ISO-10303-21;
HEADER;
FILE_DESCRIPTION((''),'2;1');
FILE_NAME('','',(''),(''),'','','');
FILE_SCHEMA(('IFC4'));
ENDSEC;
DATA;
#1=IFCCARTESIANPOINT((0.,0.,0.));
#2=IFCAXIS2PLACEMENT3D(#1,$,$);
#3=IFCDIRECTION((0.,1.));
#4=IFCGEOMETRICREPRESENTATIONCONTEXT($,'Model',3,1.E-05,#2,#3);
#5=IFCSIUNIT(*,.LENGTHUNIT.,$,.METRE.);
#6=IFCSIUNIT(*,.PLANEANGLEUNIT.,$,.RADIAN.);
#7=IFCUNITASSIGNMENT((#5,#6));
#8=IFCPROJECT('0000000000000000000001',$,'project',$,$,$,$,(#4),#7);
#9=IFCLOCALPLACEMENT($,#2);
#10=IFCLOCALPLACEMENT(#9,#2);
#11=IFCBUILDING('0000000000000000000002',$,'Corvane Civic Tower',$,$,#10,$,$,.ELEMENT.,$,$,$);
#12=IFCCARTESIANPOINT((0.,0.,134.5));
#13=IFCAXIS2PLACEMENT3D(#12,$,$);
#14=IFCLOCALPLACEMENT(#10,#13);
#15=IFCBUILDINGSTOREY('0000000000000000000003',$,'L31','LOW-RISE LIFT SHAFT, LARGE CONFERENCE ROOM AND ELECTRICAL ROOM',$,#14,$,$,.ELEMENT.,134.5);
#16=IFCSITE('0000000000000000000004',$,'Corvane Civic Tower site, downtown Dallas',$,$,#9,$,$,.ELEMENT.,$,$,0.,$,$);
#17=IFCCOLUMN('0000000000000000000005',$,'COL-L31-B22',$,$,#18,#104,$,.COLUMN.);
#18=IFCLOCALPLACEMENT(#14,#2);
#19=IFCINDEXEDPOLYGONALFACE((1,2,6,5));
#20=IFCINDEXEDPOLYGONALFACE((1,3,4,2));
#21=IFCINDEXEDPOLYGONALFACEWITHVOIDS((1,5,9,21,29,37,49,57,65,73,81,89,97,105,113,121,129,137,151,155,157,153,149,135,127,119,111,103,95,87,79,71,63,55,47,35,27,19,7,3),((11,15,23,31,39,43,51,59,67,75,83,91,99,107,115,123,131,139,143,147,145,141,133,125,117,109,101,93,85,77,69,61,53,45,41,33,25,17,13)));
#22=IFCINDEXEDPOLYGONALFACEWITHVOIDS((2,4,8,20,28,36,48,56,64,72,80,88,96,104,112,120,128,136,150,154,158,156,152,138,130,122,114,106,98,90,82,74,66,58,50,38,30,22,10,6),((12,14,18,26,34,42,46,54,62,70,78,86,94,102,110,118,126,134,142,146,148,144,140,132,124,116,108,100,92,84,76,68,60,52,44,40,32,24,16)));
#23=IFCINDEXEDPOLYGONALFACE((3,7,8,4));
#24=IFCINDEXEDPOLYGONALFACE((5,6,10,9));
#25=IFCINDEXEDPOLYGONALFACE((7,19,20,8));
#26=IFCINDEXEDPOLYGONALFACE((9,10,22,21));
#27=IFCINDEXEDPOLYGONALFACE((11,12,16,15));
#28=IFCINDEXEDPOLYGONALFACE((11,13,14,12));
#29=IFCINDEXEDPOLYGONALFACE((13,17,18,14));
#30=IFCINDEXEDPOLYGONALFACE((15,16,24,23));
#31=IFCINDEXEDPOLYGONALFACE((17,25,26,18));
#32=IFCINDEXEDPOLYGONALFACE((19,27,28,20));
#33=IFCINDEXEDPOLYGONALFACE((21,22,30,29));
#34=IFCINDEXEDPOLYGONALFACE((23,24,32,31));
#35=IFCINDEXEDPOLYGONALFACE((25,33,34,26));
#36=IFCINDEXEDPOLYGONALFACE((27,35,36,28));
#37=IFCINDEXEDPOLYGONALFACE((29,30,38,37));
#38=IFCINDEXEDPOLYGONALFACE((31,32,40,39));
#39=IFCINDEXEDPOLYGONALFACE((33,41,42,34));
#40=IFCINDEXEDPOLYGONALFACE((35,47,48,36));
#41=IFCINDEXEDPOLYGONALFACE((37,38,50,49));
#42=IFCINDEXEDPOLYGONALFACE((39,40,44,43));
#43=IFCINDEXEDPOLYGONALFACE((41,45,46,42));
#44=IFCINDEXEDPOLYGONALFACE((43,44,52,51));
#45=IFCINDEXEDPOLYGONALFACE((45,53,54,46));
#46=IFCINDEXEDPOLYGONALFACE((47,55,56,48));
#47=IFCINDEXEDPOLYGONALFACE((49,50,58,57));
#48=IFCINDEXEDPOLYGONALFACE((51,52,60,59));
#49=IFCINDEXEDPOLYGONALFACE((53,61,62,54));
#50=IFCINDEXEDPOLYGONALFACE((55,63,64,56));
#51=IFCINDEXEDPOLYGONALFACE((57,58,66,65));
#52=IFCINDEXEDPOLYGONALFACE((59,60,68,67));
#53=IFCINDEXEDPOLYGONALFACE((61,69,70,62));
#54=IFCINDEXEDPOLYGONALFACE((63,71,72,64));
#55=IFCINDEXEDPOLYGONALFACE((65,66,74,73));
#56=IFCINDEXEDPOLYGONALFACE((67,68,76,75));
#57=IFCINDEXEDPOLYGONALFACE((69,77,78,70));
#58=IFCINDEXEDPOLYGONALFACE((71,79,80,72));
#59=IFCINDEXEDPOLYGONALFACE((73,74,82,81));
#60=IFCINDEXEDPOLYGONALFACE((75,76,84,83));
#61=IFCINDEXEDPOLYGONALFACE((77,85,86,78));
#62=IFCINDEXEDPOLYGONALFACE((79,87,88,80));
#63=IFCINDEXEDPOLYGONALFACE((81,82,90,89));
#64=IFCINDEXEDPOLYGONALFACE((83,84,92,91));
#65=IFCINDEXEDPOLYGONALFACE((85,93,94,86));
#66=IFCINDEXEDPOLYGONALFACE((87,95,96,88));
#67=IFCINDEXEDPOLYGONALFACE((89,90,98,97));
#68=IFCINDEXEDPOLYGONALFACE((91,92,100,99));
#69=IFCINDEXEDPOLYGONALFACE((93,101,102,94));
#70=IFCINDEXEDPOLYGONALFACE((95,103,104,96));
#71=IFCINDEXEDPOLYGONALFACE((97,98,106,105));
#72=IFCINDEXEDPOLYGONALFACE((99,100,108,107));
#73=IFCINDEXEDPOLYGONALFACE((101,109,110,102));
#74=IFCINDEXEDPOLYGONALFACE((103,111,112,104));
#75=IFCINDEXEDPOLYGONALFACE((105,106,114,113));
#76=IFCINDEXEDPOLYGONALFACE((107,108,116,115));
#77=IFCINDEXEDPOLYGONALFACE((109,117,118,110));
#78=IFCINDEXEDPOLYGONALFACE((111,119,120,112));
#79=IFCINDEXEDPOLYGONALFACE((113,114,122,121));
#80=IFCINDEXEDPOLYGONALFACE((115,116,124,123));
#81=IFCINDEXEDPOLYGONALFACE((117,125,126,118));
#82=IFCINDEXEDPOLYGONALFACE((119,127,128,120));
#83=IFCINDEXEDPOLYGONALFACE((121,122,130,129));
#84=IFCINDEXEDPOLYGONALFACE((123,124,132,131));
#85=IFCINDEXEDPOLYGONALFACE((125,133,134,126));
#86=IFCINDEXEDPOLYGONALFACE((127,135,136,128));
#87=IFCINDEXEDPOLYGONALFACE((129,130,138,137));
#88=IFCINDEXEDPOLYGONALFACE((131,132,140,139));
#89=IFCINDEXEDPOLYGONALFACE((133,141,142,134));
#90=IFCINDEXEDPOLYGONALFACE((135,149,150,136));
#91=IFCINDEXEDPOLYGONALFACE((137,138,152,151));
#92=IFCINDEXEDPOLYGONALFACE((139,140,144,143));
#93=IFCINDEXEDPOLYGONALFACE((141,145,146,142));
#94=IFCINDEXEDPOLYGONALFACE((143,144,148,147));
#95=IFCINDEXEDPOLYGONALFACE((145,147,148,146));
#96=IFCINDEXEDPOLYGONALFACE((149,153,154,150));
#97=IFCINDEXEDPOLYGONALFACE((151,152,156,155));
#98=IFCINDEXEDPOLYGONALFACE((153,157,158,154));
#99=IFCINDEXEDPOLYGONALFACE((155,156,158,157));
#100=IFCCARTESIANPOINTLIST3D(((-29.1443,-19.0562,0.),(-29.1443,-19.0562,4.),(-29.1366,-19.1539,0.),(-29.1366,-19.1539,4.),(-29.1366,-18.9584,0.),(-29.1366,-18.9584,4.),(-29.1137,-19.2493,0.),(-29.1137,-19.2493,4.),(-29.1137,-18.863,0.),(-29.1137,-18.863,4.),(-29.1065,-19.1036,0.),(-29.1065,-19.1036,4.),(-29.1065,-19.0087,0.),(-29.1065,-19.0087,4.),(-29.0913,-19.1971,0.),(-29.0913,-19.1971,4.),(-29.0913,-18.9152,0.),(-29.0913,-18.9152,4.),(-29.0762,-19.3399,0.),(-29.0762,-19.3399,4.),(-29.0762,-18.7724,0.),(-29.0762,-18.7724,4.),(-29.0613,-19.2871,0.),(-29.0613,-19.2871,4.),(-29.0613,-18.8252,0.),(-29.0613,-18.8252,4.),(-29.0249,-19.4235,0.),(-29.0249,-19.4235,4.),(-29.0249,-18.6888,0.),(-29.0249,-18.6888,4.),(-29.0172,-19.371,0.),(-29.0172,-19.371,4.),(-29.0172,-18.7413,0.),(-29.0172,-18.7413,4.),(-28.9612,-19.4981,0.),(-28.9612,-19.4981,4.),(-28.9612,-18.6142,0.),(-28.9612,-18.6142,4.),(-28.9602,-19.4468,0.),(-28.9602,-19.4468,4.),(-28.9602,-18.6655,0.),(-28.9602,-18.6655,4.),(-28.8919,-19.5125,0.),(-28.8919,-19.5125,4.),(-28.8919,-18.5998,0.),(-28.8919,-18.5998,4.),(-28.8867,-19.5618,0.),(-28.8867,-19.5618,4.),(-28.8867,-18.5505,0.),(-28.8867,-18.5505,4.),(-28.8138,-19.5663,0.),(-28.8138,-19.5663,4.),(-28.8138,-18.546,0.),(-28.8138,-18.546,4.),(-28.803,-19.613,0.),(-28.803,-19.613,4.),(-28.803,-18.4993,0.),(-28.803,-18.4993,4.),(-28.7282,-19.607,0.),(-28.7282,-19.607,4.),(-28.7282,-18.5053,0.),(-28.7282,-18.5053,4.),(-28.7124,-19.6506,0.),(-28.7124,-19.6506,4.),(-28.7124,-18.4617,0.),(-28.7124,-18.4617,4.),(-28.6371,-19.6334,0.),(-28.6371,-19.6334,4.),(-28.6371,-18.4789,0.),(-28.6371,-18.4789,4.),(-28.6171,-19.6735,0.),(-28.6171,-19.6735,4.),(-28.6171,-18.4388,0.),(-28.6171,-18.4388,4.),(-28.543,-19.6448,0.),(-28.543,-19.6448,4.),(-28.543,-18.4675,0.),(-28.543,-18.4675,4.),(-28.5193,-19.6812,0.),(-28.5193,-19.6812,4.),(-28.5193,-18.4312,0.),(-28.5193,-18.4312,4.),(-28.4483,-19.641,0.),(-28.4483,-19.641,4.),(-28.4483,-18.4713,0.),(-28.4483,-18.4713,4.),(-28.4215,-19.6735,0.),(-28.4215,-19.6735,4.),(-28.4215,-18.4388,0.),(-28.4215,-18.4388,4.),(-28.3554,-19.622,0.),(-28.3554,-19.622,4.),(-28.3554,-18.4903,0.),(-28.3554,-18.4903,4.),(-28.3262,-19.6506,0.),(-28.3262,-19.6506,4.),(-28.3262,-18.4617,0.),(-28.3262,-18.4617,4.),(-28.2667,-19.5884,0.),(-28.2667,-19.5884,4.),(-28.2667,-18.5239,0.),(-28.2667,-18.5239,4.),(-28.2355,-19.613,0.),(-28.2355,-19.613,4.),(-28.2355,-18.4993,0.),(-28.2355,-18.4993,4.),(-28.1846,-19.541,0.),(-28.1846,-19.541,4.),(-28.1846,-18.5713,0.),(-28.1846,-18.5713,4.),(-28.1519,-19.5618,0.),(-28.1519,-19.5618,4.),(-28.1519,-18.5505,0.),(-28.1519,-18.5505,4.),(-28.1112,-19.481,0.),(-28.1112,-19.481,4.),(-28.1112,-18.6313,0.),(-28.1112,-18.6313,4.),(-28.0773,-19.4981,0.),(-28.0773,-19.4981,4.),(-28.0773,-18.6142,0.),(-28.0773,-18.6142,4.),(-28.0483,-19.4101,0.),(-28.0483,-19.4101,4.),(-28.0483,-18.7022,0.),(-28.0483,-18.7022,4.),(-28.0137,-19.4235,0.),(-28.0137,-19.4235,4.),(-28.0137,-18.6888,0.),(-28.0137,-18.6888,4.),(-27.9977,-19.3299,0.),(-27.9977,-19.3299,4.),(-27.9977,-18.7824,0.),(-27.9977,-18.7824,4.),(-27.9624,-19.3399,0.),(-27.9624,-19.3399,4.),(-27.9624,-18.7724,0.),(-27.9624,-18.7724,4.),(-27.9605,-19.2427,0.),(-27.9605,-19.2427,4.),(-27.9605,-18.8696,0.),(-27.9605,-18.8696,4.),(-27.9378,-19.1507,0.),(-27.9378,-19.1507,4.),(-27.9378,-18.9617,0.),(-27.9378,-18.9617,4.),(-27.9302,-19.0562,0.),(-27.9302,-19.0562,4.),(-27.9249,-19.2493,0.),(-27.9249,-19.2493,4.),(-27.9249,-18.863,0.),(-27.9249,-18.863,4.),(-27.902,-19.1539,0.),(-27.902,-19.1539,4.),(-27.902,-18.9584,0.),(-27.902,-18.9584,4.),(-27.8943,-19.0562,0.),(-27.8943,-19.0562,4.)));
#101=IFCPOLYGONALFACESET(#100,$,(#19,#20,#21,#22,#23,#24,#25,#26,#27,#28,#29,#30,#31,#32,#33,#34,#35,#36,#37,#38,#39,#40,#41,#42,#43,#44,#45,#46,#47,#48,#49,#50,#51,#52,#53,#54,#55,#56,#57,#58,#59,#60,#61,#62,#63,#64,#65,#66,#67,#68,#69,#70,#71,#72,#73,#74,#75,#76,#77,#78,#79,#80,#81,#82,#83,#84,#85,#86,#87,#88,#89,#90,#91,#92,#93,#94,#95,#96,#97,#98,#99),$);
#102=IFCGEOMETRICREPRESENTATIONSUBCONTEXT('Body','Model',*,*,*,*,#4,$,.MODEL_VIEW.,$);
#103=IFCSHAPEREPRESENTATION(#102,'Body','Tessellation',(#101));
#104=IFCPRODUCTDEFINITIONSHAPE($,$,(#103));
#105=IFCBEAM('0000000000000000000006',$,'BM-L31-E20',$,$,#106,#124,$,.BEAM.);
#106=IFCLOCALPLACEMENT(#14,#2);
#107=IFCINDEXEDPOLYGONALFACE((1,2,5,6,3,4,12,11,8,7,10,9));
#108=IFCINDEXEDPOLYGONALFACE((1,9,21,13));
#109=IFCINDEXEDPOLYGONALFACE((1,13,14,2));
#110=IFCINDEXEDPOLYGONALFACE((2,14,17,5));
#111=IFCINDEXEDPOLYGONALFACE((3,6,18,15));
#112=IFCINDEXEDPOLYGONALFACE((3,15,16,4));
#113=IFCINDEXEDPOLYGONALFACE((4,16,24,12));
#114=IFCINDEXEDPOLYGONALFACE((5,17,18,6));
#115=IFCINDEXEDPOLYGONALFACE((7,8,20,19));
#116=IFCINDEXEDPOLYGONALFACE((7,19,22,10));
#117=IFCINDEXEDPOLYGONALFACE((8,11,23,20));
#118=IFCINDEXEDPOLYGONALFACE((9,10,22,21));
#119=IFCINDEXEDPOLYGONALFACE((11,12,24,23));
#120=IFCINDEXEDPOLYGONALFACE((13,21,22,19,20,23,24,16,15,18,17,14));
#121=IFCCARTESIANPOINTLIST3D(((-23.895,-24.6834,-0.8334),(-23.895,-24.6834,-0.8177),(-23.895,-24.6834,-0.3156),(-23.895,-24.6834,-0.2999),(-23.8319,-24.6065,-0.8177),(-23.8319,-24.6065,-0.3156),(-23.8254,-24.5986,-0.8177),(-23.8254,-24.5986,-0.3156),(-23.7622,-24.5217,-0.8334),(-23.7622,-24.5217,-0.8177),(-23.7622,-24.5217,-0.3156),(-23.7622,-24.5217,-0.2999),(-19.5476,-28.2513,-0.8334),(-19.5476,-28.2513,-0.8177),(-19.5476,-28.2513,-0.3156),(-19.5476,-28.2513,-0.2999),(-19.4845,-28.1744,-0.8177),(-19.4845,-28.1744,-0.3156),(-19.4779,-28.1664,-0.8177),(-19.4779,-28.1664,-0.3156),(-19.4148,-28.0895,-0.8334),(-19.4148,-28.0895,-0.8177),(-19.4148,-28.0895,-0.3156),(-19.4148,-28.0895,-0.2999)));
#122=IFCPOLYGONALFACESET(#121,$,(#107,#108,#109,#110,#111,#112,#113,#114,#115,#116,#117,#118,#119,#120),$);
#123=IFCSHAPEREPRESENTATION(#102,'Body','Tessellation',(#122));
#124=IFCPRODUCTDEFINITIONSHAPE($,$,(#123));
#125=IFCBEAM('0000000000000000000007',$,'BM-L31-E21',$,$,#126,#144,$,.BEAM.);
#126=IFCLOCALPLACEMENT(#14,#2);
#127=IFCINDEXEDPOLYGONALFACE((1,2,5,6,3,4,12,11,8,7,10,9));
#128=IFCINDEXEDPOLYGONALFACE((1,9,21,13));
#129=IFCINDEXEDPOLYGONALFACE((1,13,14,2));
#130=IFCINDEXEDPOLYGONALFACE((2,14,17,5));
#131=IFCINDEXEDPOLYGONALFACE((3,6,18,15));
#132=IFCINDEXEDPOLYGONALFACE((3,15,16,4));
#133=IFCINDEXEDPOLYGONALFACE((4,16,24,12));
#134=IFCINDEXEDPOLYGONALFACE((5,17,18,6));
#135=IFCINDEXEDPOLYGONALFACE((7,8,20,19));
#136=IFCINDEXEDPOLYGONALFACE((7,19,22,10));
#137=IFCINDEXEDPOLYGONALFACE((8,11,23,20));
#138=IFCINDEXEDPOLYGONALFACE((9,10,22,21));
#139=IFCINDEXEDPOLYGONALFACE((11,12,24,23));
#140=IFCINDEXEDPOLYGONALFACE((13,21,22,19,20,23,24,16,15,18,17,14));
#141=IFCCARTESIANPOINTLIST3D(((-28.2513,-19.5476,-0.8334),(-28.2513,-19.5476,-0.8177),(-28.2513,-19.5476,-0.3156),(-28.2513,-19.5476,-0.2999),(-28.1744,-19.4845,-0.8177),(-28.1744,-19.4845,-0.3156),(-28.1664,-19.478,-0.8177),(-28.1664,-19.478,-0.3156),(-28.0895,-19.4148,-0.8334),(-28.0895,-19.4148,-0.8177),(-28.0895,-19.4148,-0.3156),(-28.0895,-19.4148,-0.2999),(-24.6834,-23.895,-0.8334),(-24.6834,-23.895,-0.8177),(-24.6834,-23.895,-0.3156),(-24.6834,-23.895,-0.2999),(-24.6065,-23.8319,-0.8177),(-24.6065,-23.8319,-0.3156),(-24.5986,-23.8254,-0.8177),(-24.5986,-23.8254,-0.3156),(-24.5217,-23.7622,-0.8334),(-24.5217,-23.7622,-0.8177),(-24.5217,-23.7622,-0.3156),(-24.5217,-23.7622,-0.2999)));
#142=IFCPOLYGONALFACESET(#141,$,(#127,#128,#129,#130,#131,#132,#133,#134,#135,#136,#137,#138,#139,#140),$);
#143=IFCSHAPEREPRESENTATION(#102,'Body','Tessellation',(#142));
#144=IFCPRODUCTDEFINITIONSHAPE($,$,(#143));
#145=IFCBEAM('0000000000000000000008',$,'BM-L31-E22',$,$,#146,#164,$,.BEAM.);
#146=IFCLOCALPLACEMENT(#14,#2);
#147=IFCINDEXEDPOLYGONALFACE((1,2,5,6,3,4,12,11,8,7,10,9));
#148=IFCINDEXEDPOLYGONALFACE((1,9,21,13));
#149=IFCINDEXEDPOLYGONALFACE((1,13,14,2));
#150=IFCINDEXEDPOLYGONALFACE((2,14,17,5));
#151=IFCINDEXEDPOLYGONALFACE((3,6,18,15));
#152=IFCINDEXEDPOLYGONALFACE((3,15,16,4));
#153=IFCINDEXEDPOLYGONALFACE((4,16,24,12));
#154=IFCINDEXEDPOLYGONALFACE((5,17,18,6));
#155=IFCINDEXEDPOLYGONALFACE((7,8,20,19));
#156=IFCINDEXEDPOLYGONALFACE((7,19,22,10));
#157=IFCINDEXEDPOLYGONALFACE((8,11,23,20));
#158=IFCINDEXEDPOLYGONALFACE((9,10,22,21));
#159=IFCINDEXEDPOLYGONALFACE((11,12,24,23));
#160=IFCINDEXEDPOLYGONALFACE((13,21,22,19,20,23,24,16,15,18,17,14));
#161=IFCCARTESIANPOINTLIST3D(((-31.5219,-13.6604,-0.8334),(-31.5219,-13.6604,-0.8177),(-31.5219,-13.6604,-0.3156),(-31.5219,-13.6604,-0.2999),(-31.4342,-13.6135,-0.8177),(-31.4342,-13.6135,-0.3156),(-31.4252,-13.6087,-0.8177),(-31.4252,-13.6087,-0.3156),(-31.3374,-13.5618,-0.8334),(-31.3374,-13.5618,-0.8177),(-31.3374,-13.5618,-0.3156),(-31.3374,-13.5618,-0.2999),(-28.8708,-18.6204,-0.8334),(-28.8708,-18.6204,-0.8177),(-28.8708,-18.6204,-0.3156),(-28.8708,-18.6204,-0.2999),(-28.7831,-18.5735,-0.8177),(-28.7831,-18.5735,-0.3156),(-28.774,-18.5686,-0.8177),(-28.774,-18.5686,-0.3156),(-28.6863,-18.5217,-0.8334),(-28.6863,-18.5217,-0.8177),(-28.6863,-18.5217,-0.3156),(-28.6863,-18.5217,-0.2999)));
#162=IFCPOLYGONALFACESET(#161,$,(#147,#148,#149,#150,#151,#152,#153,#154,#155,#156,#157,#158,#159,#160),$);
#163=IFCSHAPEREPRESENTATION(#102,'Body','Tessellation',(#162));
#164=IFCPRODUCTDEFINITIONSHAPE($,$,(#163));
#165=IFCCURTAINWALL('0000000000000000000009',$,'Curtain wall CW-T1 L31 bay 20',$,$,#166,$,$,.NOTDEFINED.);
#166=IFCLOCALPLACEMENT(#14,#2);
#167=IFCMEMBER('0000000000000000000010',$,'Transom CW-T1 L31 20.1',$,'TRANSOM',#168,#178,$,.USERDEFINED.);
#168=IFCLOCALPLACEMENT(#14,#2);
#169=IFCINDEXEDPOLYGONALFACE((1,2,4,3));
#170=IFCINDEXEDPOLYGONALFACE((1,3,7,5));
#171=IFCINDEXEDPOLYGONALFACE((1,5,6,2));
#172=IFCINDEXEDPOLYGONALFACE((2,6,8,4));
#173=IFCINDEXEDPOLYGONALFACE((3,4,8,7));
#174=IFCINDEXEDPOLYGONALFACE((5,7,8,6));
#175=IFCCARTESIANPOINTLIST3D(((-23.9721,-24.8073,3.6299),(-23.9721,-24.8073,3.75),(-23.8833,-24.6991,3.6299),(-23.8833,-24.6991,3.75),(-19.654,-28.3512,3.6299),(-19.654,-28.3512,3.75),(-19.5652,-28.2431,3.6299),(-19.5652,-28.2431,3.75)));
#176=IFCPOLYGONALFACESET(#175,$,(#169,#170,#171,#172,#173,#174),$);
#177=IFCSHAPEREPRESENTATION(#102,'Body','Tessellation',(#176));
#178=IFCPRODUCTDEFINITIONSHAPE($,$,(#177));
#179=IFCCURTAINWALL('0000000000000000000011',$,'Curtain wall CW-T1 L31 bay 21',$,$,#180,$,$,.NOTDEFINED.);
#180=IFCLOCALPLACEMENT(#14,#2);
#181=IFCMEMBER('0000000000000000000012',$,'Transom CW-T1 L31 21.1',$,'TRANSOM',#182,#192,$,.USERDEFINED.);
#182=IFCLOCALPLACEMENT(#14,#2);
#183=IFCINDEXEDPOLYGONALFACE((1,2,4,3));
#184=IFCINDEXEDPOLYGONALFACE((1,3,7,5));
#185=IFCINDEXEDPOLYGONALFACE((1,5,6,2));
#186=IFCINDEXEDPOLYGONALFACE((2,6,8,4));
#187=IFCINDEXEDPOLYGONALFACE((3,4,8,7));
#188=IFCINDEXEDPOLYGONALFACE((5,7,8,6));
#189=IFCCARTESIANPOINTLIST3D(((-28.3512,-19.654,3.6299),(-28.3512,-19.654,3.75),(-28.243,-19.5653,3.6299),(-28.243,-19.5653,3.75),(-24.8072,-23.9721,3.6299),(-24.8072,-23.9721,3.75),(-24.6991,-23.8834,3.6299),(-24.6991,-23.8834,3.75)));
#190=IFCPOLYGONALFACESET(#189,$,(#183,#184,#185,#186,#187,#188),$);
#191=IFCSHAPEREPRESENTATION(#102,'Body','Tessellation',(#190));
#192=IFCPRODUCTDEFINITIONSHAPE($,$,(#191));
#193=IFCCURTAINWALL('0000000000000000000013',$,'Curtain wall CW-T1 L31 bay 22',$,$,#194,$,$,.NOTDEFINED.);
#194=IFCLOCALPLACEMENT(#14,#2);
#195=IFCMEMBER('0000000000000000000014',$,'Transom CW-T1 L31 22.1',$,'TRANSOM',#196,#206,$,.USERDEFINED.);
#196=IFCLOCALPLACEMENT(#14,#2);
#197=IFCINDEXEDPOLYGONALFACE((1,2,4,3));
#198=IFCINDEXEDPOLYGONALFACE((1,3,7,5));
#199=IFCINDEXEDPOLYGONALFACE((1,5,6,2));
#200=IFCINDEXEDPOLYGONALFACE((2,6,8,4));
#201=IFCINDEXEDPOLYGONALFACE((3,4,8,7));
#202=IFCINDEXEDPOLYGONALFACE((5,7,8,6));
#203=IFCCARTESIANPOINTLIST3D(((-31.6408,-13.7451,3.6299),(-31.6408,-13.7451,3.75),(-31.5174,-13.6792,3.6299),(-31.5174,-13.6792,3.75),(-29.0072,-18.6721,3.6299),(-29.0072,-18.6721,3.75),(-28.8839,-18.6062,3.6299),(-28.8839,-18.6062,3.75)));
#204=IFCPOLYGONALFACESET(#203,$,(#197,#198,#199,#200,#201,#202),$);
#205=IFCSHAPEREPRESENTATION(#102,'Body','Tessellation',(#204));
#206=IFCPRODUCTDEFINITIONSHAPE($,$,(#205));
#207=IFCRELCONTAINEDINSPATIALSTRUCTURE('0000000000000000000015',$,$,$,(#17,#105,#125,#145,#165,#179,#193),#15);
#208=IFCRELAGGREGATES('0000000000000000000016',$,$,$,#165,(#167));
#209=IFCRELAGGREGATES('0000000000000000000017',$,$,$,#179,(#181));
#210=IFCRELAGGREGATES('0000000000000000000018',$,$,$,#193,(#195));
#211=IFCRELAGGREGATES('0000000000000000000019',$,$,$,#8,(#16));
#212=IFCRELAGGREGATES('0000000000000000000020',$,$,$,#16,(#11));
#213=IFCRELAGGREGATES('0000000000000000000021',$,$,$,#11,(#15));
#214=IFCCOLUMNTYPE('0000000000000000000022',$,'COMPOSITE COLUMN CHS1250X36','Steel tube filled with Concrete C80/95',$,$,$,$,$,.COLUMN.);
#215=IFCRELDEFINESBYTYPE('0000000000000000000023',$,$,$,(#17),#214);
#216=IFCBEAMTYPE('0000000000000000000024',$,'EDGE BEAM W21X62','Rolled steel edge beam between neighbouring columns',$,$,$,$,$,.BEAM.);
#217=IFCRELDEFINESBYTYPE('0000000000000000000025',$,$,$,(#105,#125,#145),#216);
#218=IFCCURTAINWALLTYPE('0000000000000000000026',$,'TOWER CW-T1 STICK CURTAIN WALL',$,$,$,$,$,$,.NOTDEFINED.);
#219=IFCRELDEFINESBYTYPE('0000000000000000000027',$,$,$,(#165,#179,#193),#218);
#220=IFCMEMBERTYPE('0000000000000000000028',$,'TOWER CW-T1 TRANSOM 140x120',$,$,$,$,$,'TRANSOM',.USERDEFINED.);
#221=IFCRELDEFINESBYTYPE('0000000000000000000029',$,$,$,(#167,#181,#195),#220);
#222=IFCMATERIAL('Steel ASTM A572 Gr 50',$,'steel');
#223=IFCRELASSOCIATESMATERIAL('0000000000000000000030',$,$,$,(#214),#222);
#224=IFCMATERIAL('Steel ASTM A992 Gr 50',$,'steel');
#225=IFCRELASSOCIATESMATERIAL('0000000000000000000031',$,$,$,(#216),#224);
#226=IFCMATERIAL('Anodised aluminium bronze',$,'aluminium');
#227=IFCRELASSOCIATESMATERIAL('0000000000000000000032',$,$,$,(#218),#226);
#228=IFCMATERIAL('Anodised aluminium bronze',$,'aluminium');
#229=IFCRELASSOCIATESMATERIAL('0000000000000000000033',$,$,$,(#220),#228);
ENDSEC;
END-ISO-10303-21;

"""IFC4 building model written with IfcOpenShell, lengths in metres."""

from ifc_helpers import new_model, si_unit, direction, frame, origin, origin_2d, place, context, subcontext, project, spatial, rectangle, hollow_circle, i_section, extrude, material, material_profile, profile_set, type_object, element, aggregate, save


model = new_model("IFC4")

# Units and contexts
model_context = context("Model", 3, precision=1e-05, world=origin(), true_north=direction((0.0, 1.0)))
body_context = subcontext(model_context, "Body", "Model", "MODEL_VIEW")
ifc_project = project(units=[si_unit("LENGTHUNIT", "METRE"), si_unit("PLANEANGLEUNIT", "RADIAN")], contexts=[model_context])

# Site, building, storey
site_placement = place(None, origin())
site = spatial("IfcSite", under=ifc_project, at=site_placement, Name="Corvane Civic Tower site, downtown Dallas", CompositionType="ELEMENT", RefElevation=0.0)
building_placement = place(site_placement, origin())
building = spatial("IfcBuilding", under=site, at=building_placement, Name="Corvane Civic Tower", CompositionType="ELEMENT")
storey_placement = place(building_placement, frame((0.0, 0.0, 134.5)))
storey = spatial("IfcBuildingStorey", under=building, at=storey_placement, Name="L31", Description="LOW-RISE LIFT SHAFT, LARGE CONFERENCE ROOM AND ELECTRICAL ROOM", CompositionType="ELEMENT", Elevation=134.5)

# Column
ifc_material_1 = material(Name="Steel ASTM A572 Gr 50", Category="steel")
ifc_material_profile_1 = material_profile(ifc_material_1, hollow_circle(Radius=0.625, WallThickness=0.0359, at=origin_2d()), Name="CHS1250X36")
ifc_profile_set_1 = profile_set([ifc_material_profile_1], Name="Steel ASTM A572 Gr 50")
column_type = type_object("IfcColumnType", Name="COMPOSITE COLUMN CHS1250X36", Description="Steel tube filled with Concrete C80/95", PredefinedType="COLUMN", material=ifc_profile_set_1)
for number, where, z_axis, x_axis, name in (
    (1, (-28.5193, -19.0562, 0.0), (0.0, 0.0, 1.0), (1.0, 0.0, 0.0), "COL-L31-B22"),
):
    element("IfcColumn", number, at=place(storey_placement, frame(where, z_axis=z_axis, x_axis=x_axis)), inside=storey, type_object=column_type, Name=name, PredefinedType="COLUMN", context=body_context, shape_type="SweptSolid", body=[
        extrude(hollow_circle(Radius=0.625, WallThickness=0.0359, at=origin_2d()), origin(), (0.0, 0.0, 1.0), 4.0),
    ])

# Beams
ifc_material_2 = material(Name="Steel ASTM A992 Gr 50", Category="steel")
ifc_material_profile_2 = material_profile(ifc_material_2, i_section(OverallWidth=0.2092, OverallDepth=0.5334, WebThickness=0.0103, FlangeThickness=0.0156, at=origin_2d()), Name="W21X62")
ifc_profile_set_2 = profile_set([ifc_material_profile_2], Name="Steel ASTM A992 Gr 50")
beam_type = type_object("IfcBeamType", Name="EDGE BEAM W21X62", Description="Rolled steel edge beam between neighbouring columns", PredefinedType="BEAM", material=ifc_profile_set_2)
for number, where, z_axis, x_axis, name in (
    (2, (-19.4812, -28.1704, -0.5667), (-0.773007, 0.634398, 0.0), (-0.634398, -0.773007, 0.0), "BM-L31-E20"),
    (3, (-24.6025, -23.8286, -0.5667), (-0.634398, 0.773007, 0.0), (-0.773007, -0.634398, 0.0), "BM-L31-E21"),
    (4, (-28.7786, -18.571, -0.5667), (-0.471392, 0.881924, 0.0), (-0.881924, -0.471392, 0.0), "BM-L31-E22"),
):
    element("IfcBeam", number, at=place(storey_placement, frame(where, z_axis=z_axis, x_axis=x_axis)), inside=storey, type_object=beam_type, Name=name, PredefinedType="BEAM", context=body_context, shape_type="SweptSolid", body=[
        extrude(i_section(OverallWidth=0.2092, OverallDepth=0.5334, WebThickness=0.0103, FlangeThickness=0.0156, at=origin_2d()), origin(), (0.0, 0.0, 1.0), 5.624),
    ])

# Curtain walls, members
ifc_material_3 = material(Name="Anodised aluminium bronze", Category="aluminium")
curtain_wall_type = type_object("IfcCurtainWallType", Name="TOWER CW-T1 STICK CURTAIN WALL", PredefinedType="NOTDEFINED", material=ifc_material_3)
curtain_wall_1_placement = place(storey_placement, origin())
curtain_wall_1 = element("IfcCurtainWall", 5, at=curtain_wall_1_placement, inside=storey, type_object=curtain_wall_type, Name="Curtain wall CW-T1 L31 bay 20", PredefinedType="NOTDEFINED")
ifc_material_4 = material(Name="Anodised aluminium bronze", Category="aluminium")
ifc_material_profile_3 = material_profile(ifc_material_4, rectangle(XDim=0.1399, YDim=0.1201, at=origin_2d()), Name="TOWER CW-T1 TRANSOM 140x120")
ifc_profile_set_3 = profile_set([ifc_material_profile_3], Name="Anodised aluminium bronze")
member_type = type_object("IfcMemberType", Name="TOWER CW-T1 TRANSOM 140x120", ElementType="TRANSOM", PredefinedType="USERDEFINED", material=ifc_profile_set_3)
member_1_placement = place(storey_placement, frame((-19.6096, -28.2971, 3.6899), z_axis=(-0.772996, 0.63441, 0.0), x_axis=(-0.63441, -0.772996, 0.0)))
member_1 = element("IfcMember", 6, at=member_1_placement, type_object=member_type, Name="Transom CW-T1 L31 20.1", ObjectType="TRANSOM", PredefinedType="USERDEFINED", context=body_context, shape_type="SweptSolid", body=[
    extrude(rectangle(XDim=0.1399, YDim=0.1201, at=origin_2d()), origin(), (0.0, 0.0, 1.0), 5.5862),
])
curtain_wall_2_placement = place(storey_placement, origin())
curtain_wall_2 = element("IfcCurtainWall", 7, at=curtain_wall_2_placement, inside=storey, type_object=curtain_wall_type, Name="Curtain wall CW-T1 L31 bay 21", PredefinedType="NOTDEFINED")
member_2_placement = place(storey_placement, frame((-24.7532, -23.9277, 3.6899), z_axis=(-0.63441, 0.772996, 0.0), x_axis=(-0.772996, -0.63441, 0.0)))
member_2 = element("IfcMember", 8, at=member_2_placement, type_object=member_type, Name="Transom CW-T1 L31 21.1", ObjectType="TRANSOM", PredefinedType="USERDEFINED", context=body_context, shape_type="SweptSolid", body=[
    extrude(rectangle(XDim=0.1399, YDim=0.1201, at=origin_2d()), origin(), (0.0, 0.0, 1.0), 5.5862),
])
curtain_wall_3_placement = place(storey_placement, origin())
curtain_wall_3 = element("IfcCurtainWall", 9, at=curtain_wall_3_placement, inside=storey, type_object=curtain_wall_type, Name="Curtain wall CW-T1 L31 bay 22", PredefinedType="NOTDEFINED")
member_3_placement = place(storey_placement, frame((-28.9456, -18.6392, 3.6899), z_axis=(-0.471398, 0.881921, 0.0), x_axis=(-0.881921, -0.471398, 0.0)))
member_3 = element("IfcMember", 10, at=member_3_placement, type_object=member_type, Name="Transom CW-T1 L31 22.1", ObjectType="TRANSOM", PredefinedType="USERDEFINED", context=body_context, shape_type="SweptSolid", body=[
    extrude(rectangle(XDim=0.1399, YDim=0.1201, at=origin_2d()), origin(), (0.0, 0.0, 1.0), 5.5867),
])

aggregate(curtain_wall_1, [member_1])
aggregate(curtain_wall_2, [member_2])
aggregate(curtain_wall_3, [member_3])

save(model, "model.ifc")
